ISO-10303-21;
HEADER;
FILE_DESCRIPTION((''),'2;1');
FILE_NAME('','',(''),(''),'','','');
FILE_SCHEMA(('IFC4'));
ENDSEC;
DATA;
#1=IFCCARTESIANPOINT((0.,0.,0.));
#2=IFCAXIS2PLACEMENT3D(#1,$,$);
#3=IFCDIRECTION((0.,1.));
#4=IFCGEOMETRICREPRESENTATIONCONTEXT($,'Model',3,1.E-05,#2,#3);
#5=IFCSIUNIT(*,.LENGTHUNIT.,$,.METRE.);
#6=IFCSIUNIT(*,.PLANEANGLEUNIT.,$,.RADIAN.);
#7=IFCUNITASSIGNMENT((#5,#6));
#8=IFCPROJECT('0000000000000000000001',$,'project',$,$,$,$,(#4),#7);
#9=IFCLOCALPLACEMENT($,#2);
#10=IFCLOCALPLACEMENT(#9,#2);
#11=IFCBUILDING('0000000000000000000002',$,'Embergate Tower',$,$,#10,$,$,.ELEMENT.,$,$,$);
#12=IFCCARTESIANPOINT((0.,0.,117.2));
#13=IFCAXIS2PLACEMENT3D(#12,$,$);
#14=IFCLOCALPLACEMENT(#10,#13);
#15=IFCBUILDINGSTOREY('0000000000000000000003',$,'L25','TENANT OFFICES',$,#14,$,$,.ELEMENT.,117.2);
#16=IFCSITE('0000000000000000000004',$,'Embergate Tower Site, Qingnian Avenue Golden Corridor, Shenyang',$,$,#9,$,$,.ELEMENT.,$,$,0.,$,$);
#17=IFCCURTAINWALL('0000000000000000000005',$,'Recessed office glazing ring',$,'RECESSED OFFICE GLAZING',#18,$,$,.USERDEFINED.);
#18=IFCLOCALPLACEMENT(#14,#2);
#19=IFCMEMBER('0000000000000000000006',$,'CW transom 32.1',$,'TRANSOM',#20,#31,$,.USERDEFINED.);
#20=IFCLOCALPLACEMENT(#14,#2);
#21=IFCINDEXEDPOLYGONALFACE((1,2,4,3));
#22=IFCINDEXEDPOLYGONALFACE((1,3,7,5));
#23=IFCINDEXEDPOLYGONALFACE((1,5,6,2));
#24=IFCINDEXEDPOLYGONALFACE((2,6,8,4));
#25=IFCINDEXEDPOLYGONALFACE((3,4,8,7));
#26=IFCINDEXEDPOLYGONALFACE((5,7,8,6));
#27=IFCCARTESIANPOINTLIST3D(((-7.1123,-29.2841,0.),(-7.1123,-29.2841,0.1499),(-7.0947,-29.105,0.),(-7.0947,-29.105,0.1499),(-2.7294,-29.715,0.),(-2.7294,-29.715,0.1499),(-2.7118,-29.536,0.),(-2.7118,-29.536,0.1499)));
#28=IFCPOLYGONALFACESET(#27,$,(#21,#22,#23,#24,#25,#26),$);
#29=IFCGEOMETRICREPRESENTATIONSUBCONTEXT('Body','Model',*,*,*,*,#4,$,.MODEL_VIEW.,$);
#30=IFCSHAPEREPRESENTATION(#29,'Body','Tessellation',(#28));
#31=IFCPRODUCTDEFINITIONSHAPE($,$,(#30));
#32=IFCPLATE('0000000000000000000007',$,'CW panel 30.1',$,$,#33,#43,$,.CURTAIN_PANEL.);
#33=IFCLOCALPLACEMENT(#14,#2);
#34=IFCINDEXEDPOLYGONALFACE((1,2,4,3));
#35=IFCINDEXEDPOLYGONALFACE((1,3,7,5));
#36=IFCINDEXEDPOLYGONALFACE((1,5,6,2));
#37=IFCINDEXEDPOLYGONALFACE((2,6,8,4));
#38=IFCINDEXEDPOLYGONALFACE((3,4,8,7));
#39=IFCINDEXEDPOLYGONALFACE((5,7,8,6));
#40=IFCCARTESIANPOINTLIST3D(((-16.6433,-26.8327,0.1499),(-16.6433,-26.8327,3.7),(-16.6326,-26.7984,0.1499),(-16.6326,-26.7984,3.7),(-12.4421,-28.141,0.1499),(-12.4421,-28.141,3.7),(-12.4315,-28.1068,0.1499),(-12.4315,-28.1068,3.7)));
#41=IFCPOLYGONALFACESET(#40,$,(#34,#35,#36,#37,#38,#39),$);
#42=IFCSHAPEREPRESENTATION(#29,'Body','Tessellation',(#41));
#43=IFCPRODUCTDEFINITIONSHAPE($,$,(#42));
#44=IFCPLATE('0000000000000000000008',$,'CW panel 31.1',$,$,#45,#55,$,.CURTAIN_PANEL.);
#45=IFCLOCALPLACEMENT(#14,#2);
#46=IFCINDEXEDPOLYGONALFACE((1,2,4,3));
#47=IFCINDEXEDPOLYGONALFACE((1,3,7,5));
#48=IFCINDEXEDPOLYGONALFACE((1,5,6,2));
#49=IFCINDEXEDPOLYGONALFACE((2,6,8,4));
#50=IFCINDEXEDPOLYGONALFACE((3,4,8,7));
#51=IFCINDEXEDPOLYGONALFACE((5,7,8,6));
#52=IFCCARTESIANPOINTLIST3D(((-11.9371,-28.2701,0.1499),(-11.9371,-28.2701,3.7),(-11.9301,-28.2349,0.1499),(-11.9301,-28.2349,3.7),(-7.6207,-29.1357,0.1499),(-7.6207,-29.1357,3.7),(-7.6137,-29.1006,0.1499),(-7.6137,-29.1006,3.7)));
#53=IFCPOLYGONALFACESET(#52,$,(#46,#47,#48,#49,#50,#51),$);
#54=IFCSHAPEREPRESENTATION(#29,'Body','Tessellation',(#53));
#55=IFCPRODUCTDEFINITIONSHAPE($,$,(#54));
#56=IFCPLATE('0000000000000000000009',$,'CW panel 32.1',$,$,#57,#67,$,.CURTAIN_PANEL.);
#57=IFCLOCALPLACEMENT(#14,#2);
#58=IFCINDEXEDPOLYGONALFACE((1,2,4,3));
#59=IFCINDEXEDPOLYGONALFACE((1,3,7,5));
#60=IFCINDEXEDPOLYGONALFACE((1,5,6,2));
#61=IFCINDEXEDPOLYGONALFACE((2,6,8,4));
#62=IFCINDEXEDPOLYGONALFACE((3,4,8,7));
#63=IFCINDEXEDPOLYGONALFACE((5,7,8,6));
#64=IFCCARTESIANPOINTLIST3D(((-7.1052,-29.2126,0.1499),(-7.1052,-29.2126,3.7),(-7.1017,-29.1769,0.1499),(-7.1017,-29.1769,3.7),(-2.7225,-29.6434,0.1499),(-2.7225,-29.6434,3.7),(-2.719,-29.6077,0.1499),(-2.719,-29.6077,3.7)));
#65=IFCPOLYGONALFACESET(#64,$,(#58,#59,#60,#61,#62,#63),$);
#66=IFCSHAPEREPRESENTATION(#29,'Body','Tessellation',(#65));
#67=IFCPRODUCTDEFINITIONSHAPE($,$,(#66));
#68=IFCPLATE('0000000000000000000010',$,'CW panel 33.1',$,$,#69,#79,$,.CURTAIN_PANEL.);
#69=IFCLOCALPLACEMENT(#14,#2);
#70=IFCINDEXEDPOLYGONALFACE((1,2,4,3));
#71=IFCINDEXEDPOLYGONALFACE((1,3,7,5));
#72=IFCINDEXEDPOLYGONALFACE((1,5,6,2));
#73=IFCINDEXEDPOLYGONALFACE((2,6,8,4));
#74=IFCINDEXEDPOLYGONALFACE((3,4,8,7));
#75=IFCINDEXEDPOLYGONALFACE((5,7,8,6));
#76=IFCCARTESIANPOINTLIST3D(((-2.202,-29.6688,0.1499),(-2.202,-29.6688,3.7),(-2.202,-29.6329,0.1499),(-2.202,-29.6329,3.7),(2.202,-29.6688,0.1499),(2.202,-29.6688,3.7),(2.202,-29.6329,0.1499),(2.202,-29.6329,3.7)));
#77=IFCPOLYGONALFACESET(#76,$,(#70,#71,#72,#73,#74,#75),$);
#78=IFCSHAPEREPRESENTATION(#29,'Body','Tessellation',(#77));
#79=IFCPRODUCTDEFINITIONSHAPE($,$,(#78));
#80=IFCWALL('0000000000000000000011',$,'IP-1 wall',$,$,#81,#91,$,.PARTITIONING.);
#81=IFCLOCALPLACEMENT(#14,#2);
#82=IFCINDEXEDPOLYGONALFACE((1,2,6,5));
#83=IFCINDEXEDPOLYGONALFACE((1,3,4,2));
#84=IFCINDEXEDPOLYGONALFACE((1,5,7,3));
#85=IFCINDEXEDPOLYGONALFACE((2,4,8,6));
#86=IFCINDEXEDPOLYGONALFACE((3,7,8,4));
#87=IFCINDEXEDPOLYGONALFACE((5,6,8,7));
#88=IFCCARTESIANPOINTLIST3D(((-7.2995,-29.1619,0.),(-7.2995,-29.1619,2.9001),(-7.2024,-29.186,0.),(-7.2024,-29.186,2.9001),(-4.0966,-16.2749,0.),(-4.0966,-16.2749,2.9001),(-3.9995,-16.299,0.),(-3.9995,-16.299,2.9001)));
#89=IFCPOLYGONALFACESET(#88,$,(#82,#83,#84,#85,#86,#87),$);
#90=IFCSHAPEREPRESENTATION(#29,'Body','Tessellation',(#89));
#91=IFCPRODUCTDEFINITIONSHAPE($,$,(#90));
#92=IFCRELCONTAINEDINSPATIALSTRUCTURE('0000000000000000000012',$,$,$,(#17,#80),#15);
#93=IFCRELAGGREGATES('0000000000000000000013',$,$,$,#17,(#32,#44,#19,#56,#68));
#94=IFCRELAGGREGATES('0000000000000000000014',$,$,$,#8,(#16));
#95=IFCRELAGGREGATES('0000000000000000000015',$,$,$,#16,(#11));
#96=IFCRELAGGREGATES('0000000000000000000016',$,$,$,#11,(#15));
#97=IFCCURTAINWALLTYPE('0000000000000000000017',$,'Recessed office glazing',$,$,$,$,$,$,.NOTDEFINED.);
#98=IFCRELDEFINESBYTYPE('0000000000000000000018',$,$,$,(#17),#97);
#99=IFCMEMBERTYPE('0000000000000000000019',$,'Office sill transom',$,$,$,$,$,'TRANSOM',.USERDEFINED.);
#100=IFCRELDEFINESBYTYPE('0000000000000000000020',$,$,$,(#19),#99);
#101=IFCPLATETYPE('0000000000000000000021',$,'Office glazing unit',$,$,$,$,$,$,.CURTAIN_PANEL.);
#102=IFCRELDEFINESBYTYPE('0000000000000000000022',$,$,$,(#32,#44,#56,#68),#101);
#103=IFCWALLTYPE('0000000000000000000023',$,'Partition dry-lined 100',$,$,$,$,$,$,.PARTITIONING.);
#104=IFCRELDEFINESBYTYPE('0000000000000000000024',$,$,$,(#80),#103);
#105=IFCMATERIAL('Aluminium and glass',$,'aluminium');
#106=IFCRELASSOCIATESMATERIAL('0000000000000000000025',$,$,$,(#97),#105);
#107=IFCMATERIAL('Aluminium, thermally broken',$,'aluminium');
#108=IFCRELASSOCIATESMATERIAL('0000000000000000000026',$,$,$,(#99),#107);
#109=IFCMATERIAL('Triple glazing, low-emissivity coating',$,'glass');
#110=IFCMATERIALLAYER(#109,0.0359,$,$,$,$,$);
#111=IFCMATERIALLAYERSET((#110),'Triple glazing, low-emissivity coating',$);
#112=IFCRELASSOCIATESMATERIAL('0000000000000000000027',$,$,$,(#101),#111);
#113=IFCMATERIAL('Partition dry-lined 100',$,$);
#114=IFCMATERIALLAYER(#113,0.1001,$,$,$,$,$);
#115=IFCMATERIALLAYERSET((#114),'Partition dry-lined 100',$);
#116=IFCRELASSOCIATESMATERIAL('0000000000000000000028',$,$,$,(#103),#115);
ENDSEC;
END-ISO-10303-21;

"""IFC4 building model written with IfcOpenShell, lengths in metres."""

from ifc_helpers import new_model, si_unit, direction, frame, frame_2d, origin, origin_2d, place, context, subcontext, project, spatial, rectangle, extrude, source, transform, mapped, material, layer, layer_set, material_profile, profile_set, type_object, element, aggregate, save


model = new_model("IFC4")

# Units and contexts
model_context = context("Model", 3, precision=1e-05, world=origin(), true_north=direction((0.0, 1.0)))
body_context = subcontext(model_context, "Body", "Model", "MODEL_VIEW")
ifc_project = project(units=[si_unit("LENGTHUNIT", "METRE"), si_unit("PLANEANGLEUNIT", "RADIAN")], contexts=[model_context])

# Site, building, storey
site_placement = place(None, origin())
site = spatial("IfcSite", under=ifc_project, at=site_placement, Name="Embergate Tower Site, Qingnian Avenue Golden Corridor, Shenyang", CompositionType="ELEMENT", RefElevation=0.0)
building_placement = place(site_placement, origin())
building = spatial("IfcBuilding", under=site, at=building_placement, Name="Embergate Tower", CompositionType="ELEMENT")
storey_placement = place(building_placement, frame((0.0, 0.0, 117.2)))
storey = spatial("IfcBuildingStorey", under=building, at=storey_placement, Name="L25", Description="TENANT OFFICES", CompositionType="ELEMENT", Elevation=117.2)

# Curtain wall, member
ifc_material_1 = material(Name="Aluminium and glass", Category="aluminium")
curtain_wall_type = type_object("IfcCurtainWallType", Name="Recessed office glazing", PredefinedType="NOTDEFINED", material=ifc_material_1)
curtain_wall_placement = place(storey_placement, origin())
curtain_wall = element("IfcCurtainWall", 1, at=curtain_wall_placement, inside=storey, type_object=curtain_wall_type, Name="Recessed office glazing ring", ObjectType="RECESSED OFFICE GLAZING", PredefinedType="USERDEFINED")
ifc_material_2 = material(Name="Aluminium, thermally broken", Category="aluminium")
ifc_material_profile_1 = material_profile(ifc_material_2, rectangle(XDim=0.1799, YDim=0.1499, at=origin_2d()), Name="AL 150x180")
ifc_profile_set_1 = profile_set([ifc_material_profile_1], Name="Aluminium, thermally broken")
member_type_1 = type_object("IfcMemberType", Name="Office sill transom", ElementType="TRANSOM", PredefinedType="USERDEFINED", material=ifc_profile_set_1)
shared_shape_1 = source(origin(), body_context, "Body", "SweptSolid", [
    extrude(rectangle(XDim=0.1799, YDim=0.1499, at=origin_2d()), origin(), (0.0, 0.0, 1.0), 4.4041),
])
member_1_placement = place(storey_placement, frame((-7.1035, -29.1946, 0.075), z_axis=(0.995202, -0.097846, 0.0), x_axis=(0.097846, 0.995202, 0.0)))
member_1 = element("IfcMember", 2, at=member_1_placement, type_object=member_type_1, Name="CW transom 32.1", ObjectType="TRANSOM", PredefinedType="USERDEFINED", context=body_context, shape_type="MappedRepresentation", body=[
    mapped(shared_shape_1, transform((0.0, 0.0, 0.0))),
])

# Plates
ifc_material_3 = material(Name="Triple glazing, low-emissivity coating", Category="glass")
ifc_layer_1 = layer(ifc_material_3, 0.0359)
ifc_layer_set_1 = layer_set([ifc_layer_1], Name="Triple glazing, low-emissivity coating")
plate_type = type_object("IfcPlateType", Name="Office glazing unit", PredefinedType="CURTAIN_PANEL", material=ifc_layer_set_1)
shared_shape_2 = source(origin(), body_context, "Body", "SweptSolid", [
    extrude(rectangle(XDim=4.4001, YDim=0.0359, at=origin_2d()), origin(), (0.0, 0.0, 1.0), 3.55),
])
plate_1_placement = place(storey_placement, frame((-14.5374, -27.4697, 0.1499), z_axis=(0.0, 0.0, 1.0), x_axis=(0.954771, -0.297342, 0.0)))
plate_1 = element("IfcPlate", 3, at=plate_1_placement, type_object=plate_type, Name="CW panel 30.1", PredefinedType="CURTAIN_PANEL", context=body_context, shape_type="MappedRepresentation", body=[
    mapped(shared_shape_2, transform((0.0, 0.0, 0.0))),
])
shared_shape_3 = source(origin(), body_context, "Body", "SweptSolid", [
    extrude(rectangle(XDim=4.4023, YDim=0.0359, at=origin_2d()), origin(), (0.0, 0.0, 1.0), 3.55),
])
plate_2_placement = place(storey_placement, frame((-9.7754, -28.6853, 0.1499), z_axis=(0.0, 0.0, 1.0), x_axis=(0.980475, -0.196643, 0.0)))
plate_2 = element("IfcPlate", 4, at=plate_2_placement, type_object=plate_type, Name="CW panel 31.1", PredefinedType="CURTAIN_PANEL", context=body_context, shape_type="MappedRepresentation", body=[
    mapped(shared_shape_3, transform((0.0, 0.0, 0.0))),
])
shared_shape_4 = source(origin(), body_context, "Body", "SweptSolid", [
    extrude(rectangle(XDim=4.4038, YDim=0.0359, at=origin_2d()), origin(), (0.0, 0.0, 1.0), 3.55),
])
plate_3_placement = place(storey_placement, frame((-4.9121, -29.4102, 0.1499), z_axis=(0.0, 0.0, 1.0), x_axis=(0.995203, -0.097831, 0.0)))
plate_3 = element("IfcPlate", 5, at=plate_3_placement, type_object=plate_type, Name="CW panel 32.1", PredefinedType="CURTAIN_PANEL", context=body_context, shape_type="MappedRepresentation", body=[
    mapped(shared_shape_4, transform((0.0, 0.0, 0.0))),
])
shared_shape_5 = source(origin(), body_context, "Body", "SweptSolid", [
    extrude(rectangle(XDim=4.4041, YDim=0.0359, at=origin_2d()), origin(), (0.0, 0.0, 1.0), 3.55),
])
plate_4_placement = place(storey_placement, frame((0.0, -29.6509, 0.1499), z_axis=(0.0, 0.0, 1.0), x_axis=(1.0, 0.0, 0.0)))
plate_4 = element("IfcPlate", 6, at=plate_4_placement, type_object=plate_type, Name="CW panel 33.1", PredefinedType="CURTAIN_PANEL", context=body_context, shape_type="MappedRepresentation", body=[
    mapped(shared_shape_5, transform((0.0, 0.0, 0.0))),
])
aggregate(curtain_wall, [plate_1, plate_2, member_1, plate_3, plate_4])

# Wall
ifc_material_4 = material(Name="Partition dry-lined 100")
ifc_layer_2 = layer(ifc_material_4, 0.1001)
ifc_layer_set_2 = layer_set([ifc_layer_2], Name="Partition dry-lined 100")
wall_type = type_object("IfcWallType", Name="Partition dry-lined 100", PredefinedType="PARTITIONING", material=ifc_layer_set_2)
shared_shape_6 = source(origin(), body_context, "Body", "SweptSolid", [
    extrude(rectangle(XDim=13.2791, YDim=0.1001, at=frame_2d((6.6396, 0.0))), origin(), (0.0, 0.0, 1.0), 2.9001),
])
wall_placement = place(storey_placement, frame((-7.251, -29.1741, 0.0), z_axis=(0.0, 0.0, 1.0), x_axis=(0.241199, 0.970476, 0.0)))
element("IfcWall", 7, at=wall_placement, inside=storey, type_object=wall_type, Name="IP-1 wall", PredefinedType="PARTITIONING", context=body_context, shape_type="MappedRepresentation", body=[
    mapped(shared_shape_6, transform((0.0, 0.0, 0.0))),
])

save(model, "model.ifc")
